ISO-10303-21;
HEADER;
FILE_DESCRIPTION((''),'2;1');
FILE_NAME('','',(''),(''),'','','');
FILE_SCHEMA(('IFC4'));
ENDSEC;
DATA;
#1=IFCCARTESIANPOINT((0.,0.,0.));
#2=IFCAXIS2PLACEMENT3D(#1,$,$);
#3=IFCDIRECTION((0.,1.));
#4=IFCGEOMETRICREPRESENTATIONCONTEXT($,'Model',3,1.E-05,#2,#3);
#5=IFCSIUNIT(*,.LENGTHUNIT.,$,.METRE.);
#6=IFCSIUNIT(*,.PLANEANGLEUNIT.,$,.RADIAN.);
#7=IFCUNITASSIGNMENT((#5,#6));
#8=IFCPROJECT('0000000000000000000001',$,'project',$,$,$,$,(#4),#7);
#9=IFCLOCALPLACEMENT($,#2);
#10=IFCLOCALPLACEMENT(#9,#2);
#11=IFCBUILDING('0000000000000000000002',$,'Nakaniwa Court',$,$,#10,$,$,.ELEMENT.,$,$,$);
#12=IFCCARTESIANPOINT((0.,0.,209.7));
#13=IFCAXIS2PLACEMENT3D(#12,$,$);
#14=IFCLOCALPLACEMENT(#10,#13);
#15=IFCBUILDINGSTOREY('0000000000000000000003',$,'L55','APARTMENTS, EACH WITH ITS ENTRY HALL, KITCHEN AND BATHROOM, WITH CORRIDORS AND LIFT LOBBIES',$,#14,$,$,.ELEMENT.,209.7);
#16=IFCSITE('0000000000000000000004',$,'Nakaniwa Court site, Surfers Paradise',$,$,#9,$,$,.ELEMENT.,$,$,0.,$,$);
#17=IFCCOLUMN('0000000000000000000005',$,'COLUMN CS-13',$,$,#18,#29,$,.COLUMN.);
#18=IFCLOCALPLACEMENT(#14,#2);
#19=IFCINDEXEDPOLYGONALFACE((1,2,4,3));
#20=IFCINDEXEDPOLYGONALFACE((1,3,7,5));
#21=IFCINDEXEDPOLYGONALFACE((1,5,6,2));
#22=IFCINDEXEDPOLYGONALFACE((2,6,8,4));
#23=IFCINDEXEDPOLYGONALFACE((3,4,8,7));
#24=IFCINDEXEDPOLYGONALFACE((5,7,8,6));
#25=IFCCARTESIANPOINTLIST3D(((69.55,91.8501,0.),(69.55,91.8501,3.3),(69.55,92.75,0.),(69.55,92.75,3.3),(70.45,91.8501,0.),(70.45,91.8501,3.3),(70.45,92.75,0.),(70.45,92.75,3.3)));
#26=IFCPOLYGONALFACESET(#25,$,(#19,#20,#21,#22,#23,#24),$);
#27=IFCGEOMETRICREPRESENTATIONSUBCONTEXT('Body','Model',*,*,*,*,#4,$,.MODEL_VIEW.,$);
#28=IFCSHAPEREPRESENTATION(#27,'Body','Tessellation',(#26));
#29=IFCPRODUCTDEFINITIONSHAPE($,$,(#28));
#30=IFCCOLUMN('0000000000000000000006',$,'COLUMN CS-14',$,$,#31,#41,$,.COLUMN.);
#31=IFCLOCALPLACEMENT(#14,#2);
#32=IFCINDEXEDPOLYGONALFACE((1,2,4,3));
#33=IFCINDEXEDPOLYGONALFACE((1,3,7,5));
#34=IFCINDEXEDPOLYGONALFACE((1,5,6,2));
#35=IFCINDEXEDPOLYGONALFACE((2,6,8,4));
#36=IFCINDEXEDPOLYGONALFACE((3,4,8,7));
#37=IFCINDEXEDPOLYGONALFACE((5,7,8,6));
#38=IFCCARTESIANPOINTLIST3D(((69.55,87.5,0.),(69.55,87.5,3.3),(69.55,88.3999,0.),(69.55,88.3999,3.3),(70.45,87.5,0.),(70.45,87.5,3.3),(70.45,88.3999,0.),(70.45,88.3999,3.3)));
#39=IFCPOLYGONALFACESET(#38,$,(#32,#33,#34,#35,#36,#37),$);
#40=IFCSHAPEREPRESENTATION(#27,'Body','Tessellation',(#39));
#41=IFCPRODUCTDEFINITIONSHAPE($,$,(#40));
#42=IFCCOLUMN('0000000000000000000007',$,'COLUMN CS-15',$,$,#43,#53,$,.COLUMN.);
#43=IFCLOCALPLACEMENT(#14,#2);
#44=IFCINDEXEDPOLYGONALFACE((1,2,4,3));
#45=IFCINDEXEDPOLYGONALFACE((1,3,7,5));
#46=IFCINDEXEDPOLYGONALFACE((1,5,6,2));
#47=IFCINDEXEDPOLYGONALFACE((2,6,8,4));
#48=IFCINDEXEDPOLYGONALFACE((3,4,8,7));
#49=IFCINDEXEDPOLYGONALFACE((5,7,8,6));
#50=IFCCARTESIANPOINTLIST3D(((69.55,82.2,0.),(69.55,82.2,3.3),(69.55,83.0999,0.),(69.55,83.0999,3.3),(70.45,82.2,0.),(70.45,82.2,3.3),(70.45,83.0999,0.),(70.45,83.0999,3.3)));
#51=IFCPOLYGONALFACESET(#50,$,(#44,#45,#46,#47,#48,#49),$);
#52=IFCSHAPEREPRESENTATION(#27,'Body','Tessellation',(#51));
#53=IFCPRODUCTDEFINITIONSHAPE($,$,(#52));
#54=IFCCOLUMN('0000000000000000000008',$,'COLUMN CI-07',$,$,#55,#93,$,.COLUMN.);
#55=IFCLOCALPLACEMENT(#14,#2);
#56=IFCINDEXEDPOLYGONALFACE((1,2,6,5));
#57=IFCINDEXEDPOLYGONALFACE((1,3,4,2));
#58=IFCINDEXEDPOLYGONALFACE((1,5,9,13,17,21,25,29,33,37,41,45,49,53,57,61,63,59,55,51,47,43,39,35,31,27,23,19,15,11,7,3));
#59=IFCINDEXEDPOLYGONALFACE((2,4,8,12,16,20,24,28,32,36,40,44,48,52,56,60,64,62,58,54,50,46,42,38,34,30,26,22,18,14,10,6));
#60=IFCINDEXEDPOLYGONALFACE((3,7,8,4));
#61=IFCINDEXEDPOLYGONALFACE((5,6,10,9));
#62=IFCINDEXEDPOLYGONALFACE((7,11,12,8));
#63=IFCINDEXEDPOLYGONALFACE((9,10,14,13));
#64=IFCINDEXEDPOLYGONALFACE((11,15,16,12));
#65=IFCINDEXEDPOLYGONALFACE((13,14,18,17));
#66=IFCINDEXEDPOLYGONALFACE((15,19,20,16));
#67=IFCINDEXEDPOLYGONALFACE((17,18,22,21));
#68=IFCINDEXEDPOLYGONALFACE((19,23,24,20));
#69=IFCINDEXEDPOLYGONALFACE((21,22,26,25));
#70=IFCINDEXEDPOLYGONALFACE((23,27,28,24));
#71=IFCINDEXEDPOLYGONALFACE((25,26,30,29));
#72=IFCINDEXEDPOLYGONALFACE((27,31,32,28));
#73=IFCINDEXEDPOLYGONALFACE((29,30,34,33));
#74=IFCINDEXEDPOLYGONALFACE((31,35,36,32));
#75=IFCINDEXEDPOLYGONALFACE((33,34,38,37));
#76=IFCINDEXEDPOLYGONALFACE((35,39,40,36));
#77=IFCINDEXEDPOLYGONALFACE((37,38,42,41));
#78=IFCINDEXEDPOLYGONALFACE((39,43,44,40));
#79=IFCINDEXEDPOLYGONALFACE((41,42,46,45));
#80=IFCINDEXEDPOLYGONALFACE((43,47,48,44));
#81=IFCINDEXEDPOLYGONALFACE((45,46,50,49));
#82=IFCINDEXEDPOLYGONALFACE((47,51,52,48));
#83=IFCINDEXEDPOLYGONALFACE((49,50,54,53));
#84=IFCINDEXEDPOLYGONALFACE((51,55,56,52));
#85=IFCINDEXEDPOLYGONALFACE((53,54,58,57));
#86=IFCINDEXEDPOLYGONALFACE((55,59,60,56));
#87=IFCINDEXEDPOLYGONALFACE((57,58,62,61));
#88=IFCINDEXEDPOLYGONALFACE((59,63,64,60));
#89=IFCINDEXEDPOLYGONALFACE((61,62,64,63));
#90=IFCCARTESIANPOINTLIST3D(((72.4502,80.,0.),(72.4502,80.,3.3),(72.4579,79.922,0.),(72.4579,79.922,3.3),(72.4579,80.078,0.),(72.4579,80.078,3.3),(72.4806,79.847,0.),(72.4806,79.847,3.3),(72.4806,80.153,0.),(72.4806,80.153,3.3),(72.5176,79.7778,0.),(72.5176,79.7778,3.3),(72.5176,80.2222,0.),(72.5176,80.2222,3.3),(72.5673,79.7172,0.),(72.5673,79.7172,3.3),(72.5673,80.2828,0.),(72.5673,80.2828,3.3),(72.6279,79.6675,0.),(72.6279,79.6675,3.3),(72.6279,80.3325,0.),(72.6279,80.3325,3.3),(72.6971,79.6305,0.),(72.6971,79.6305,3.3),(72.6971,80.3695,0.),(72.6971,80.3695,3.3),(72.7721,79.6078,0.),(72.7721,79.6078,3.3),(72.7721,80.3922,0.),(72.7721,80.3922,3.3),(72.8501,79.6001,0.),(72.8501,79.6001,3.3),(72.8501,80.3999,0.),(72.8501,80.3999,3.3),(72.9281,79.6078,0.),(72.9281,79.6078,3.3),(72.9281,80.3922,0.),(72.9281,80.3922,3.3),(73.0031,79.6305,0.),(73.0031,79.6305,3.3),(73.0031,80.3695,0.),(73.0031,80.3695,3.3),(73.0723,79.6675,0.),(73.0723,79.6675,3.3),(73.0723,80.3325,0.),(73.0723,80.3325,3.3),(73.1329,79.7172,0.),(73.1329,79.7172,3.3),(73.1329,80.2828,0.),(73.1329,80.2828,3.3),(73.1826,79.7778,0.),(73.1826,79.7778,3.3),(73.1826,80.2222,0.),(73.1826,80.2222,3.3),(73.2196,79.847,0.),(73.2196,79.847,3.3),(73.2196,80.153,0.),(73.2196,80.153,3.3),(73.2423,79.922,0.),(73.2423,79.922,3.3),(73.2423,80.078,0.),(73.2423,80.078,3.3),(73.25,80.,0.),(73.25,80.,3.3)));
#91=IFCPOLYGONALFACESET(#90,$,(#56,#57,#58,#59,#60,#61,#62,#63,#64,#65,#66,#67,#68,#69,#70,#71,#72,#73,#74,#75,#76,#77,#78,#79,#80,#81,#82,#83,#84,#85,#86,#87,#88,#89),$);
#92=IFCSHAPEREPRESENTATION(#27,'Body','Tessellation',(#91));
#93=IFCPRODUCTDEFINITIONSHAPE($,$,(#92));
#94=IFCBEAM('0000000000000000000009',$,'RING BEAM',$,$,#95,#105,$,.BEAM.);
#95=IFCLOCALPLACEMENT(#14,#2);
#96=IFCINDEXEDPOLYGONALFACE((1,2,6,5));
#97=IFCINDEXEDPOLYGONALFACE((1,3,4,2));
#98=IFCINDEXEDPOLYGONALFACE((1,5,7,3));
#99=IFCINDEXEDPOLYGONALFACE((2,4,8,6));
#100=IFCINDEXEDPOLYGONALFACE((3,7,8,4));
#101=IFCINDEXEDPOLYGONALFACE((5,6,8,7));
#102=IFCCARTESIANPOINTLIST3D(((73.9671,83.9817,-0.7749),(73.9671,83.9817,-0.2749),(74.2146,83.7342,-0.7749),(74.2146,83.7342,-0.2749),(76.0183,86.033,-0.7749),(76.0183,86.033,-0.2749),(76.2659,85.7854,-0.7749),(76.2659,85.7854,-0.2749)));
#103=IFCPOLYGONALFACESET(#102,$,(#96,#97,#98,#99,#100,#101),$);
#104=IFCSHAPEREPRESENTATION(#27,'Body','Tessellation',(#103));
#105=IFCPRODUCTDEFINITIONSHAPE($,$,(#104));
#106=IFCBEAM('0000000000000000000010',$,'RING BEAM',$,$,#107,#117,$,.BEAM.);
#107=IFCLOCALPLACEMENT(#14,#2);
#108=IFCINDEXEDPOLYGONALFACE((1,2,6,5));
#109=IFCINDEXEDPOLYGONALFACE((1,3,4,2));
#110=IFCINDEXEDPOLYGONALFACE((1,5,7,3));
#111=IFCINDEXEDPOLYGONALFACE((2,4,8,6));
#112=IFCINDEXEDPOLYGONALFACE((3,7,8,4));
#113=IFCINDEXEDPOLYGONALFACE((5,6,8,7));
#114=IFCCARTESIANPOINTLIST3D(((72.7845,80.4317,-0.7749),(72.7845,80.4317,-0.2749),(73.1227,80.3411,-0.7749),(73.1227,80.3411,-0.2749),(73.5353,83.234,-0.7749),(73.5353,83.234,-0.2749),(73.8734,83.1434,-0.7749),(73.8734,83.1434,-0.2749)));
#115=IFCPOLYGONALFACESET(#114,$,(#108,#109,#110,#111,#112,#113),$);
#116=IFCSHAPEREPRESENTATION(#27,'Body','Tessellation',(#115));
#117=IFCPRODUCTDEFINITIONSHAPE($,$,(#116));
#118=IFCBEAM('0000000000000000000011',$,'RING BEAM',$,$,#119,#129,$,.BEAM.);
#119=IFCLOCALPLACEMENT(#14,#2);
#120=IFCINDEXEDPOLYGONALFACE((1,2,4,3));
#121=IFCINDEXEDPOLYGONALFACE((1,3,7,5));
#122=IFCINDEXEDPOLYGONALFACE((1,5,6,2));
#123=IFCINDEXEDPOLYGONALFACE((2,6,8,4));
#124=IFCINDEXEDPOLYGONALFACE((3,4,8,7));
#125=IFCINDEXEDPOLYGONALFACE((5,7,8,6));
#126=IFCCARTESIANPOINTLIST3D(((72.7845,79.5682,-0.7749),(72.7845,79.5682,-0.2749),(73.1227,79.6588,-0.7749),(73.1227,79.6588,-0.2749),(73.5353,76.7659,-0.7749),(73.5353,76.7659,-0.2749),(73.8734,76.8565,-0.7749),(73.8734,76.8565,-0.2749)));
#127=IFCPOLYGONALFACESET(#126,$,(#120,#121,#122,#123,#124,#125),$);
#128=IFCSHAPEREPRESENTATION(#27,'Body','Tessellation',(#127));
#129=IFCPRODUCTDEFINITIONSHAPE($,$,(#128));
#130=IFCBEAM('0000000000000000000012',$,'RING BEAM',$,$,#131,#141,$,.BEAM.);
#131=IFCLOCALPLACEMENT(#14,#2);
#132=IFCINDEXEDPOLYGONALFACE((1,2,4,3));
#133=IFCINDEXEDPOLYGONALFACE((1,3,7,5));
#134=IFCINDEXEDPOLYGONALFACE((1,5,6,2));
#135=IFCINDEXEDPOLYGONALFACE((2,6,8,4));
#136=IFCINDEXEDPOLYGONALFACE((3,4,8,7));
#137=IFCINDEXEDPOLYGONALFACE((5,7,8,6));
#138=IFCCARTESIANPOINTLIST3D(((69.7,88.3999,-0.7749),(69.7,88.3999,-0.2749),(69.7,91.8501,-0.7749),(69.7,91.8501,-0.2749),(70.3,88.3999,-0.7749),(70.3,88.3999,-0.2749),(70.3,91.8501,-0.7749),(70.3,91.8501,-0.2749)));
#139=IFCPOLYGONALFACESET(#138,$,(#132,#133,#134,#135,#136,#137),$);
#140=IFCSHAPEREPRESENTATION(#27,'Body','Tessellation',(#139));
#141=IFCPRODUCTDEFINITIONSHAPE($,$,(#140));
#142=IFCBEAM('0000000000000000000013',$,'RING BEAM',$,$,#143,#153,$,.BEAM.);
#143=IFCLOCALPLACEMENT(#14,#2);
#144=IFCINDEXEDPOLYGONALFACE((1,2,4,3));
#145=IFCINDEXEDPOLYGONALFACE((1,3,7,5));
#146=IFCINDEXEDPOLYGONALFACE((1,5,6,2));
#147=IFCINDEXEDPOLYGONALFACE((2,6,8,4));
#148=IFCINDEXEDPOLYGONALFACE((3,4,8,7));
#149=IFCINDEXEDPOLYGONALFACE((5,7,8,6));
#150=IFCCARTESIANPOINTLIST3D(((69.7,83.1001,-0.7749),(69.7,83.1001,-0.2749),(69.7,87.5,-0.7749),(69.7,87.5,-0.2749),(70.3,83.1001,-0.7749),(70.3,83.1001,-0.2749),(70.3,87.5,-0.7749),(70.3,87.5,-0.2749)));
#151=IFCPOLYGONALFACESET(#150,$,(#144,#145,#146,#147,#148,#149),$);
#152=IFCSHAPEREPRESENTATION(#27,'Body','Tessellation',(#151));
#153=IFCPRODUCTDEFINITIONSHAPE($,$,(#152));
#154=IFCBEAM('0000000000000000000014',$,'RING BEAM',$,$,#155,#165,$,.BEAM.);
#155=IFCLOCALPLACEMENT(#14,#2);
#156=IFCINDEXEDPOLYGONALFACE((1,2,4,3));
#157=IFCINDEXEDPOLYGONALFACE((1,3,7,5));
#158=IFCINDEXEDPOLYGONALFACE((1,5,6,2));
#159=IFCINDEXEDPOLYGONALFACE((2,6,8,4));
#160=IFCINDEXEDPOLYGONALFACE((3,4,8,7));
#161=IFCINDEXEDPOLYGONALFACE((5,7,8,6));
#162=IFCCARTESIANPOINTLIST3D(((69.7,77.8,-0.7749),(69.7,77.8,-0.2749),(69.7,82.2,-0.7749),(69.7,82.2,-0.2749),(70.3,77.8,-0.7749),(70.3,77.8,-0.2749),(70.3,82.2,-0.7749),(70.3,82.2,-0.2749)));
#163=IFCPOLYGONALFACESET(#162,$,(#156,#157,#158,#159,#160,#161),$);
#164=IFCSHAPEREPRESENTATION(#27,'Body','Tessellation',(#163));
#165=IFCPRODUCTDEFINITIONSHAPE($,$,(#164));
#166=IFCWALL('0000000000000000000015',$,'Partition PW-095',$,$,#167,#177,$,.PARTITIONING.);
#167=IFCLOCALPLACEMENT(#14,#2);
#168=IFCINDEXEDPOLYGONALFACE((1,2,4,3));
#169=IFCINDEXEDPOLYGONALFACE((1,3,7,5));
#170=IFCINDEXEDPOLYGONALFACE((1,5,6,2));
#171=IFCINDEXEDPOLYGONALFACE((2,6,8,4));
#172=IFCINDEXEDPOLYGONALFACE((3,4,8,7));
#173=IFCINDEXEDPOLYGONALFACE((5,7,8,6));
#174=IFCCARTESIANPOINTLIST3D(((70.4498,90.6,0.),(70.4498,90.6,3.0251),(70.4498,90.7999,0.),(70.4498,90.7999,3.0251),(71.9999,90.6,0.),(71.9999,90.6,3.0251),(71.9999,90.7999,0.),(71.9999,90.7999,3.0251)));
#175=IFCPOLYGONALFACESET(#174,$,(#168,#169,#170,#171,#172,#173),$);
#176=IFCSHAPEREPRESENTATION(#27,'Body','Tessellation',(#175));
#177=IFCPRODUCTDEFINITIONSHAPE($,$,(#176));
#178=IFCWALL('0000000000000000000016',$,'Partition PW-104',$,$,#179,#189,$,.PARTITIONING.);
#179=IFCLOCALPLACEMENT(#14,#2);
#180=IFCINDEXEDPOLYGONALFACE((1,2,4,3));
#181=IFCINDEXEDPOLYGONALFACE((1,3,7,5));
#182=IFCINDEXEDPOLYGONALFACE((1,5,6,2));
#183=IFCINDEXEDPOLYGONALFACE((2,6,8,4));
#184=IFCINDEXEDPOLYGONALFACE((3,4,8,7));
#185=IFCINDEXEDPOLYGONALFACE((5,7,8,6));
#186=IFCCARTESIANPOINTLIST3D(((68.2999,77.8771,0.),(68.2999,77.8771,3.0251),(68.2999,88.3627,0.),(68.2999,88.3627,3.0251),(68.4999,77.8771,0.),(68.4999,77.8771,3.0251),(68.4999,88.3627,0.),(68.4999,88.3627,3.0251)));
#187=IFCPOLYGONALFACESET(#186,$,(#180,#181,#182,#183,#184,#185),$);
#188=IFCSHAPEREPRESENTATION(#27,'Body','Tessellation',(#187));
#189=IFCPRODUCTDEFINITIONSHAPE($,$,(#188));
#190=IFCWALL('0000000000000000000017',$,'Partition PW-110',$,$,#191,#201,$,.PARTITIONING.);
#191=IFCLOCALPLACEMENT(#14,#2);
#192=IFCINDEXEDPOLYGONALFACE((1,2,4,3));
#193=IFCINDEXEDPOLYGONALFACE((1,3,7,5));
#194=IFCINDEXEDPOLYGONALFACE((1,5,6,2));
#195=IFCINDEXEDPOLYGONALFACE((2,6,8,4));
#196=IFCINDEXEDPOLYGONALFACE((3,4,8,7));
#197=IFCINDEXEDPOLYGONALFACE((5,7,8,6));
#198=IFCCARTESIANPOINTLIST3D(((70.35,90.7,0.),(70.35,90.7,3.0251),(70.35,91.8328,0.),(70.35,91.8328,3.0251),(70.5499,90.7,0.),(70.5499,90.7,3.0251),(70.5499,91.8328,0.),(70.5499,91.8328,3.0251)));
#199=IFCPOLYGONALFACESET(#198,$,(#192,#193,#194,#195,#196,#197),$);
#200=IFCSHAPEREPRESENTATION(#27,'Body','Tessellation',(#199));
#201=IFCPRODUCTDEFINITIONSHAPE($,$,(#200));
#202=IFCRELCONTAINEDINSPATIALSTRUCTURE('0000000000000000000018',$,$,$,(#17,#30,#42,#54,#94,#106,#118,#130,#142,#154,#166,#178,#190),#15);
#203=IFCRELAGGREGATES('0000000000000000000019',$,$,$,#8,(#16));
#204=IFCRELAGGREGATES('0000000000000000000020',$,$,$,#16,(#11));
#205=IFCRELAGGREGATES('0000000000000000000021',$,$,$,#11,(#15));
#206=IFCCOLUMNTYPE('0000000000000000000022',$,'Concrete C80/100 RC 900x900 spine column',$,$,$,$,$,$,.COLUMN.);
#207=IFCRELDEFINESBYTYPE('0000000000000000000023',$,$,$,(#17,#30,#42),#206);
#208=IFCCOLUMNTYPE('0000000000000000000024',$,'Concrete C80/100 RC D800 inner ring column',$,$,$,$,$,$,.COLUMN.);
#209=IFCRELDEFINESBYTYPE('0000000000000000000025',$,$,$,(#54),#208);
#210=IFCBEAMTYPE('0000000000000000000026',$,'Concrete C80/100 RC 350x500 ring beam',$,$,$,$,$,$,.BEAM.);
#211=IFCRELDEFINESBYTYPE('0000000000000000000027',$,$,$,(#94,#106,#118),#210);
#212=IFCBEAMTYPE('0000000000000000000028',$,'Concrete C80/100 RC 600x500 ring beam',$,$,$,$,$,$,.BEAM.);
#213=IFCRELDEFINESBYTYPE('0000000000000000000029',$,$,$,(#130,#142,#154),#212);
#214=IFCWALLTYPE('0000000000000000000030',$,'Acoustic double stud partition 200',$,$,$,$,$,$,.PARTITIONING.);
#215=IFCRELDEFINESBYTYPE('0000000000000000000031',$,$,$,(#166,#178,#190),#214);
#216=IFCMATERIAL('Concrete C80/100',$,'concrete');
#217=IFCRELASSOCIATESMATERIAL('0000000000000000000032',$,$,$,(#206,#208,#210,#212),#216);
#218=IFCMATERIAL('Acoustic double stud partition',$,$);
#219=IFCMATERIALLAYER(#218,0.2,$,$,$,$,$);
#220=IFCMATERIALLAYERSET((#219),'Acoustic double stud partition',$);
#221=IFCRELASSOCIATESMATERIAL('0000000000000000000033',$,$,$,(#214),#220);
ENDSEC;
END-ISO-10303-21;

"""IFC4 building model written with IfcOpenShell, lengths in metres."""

from ifc_helpers import new_model, si_unit, direction, frame, frame_2d, origin, origin_2d, place, context, subcontext, project, spatial, rectangle, circle, extrude, material, layer, layer_set, material_profile, profile_set, type_object, element, save


model = new_model("IFC4")

# Units and contexts
model_context = context("Model", 3, precision=1e-05, world=origin(), true_north=direction((0.0, 1.0)))
body_context = subcontext(model_context, "Body", "Model", "MODEL_VIEW")
ifc_project = project(units=[si_unit("LENGTHUNIT", "METRE"), si_unit("PLANEANGLEUNIT", "RADIAN")], contexts=[model_context])

# Site, building, storey
site_placement = place(None, origin())
site = spatial("IfcSite", under=ifc_project, at=site_placement, Name="Nakaniwa Court site, Surfers Paradise", CompositionType="ELEMENT", RefElevation=0.0)
building_placement = place(site_placement, origin())
building = spatial("IfcBuilding", under=site, at=building_placement, Name="Nakaniwa Court", CompositionType="ELEMENT")
storey_placement = place(building_placement, frame((0.0, 0.0, 209.7)))
storey = spatial("IfcBuildingStorey", under=building, at=storey_placement, Name="L55", Description="APARTMENTS, EACH WITH ITS ENTRY HALL, KITCHEN AND BATHROOM, WITH CORRIDORS AND LIFT LOBBIES", CompositionType="ELEMENT", Elevation=209.7)

# Columns
ifc_material_1 = material(Name="Concrete C80/100", Category="concrete")
ifc_material_profile_1 = material_profile(ifc_material_1, rectangle(XDim=0.8999, YDim=0.8999, at=origin_2d()), Name="Concrete C80/100 RC 900x900 spine column")
ifc_profile_set_1 = profile_set([ifc_material_profile_1], Name="Concrete C80/100")
column_type_1 = type_object("IfcColumnType", Name="Concrete C80/100 RC 900x900 spine column", PredefinedType="COLUMN", material=ifc_profile_set_1)
for number, where, z_axis, x_axis, name in (
    (1, (70.0, 92.3, 0.0), (0.0, 0.0, 1.0), (0.0, -1.0, 0.0), "COLUMN CS-13"),
    (2, (70.0, 87.95, 0.0), (0.0, 0.0, 1.0), (0.0, -1.0, 0.0), "COLUMN CS-14"),
    (3, (70.0, 82.6499, 0.0), (0.0, 0.0, 1.0), (0.0, -1.0, 0.0), "COLUMN CS-15"),
):
    element("IfcColumn", number, at=place(storey_placement, frame(where, z_axis=z_axis, x_axis=x_axis)), inside=storey, type_object=column_type_1, Name=name, PredefinedType="COLUMN", context=body_context, shape_type="SweptSolid", body=[
        extrude(rectangle(XDim=0.8999, YDim=0.8999, at=origin_2d()), origin(), (0.0, 0.0, 1.0), 3.3),
    ])
ifc_material_profile_2 = material_profile(ifc_material_1, circle(Radius=0.3999, at=origin_2d()), Name="Concrete C80/100 RC D800 inner ring column")
ifc_profile_set_2 = profile_set([ifc_material_profile_2], Name="Concrete C80/100")
column_type_2 = type_object("IfcColumnType", Name="Concrete C80/100 RC D800 inner ring column", PredefinedType="COLUMN", material=ifc_profile_set_2)
for number, where, z_axis, x_axis, name in (
    (4, (72.8501, 80.0, 0.0), (0.0, 0.0, 1.0), (0.0, -1.0, 0.0), "COLUMN CI-07"),
):
    element("IfcColumn", number, at=place(storey_placement, frame(where, z_axis=z_axis, x_axis=x_axis)), inside=storey, type_object=column_type_2, Name=name, PredefinedType="COLUMN", context=body_context, shape_type="SweptSolid", body=[
        extrude(circle(Radius=0.3999, at=origin_2d()), origin(), (0.0, 0.0, 1.0), 3.3),
    ])

# Beams
ifc_material_profile_3 = material_profile(ifc_material_1, rectangle(XDim=0.3501, YDim=0.5, at=origin_2d()), Name="Concrete C80/100 RC 350x500 ring beam")
ifc_profile_set_3 = profile_set([ifc_material_profile_3], Name="Concrete C80/100")
beam_type_1 = type_object("IfcBeamType", Name="Concrete C80/100 RC 350x500 ring beam", PredefinedType="BEAM", material=ifc_profile_set_3)
beam_1_placement = place(storey_placement, frame((76.1421, 85.9092, -0.5249), z_axis=(-0.707107, -0.707107, 0.0), x_axis=(0.707107, -0.707107, 0.0)))
element("IfcBeam", 5, at=beam_1_placement, inside=storey, type_object=beam_type_1, Name="RING BEAM", PredefinedType="BEAM", context=body_context, shape_type="SweptSolid", body=[
    extrude(rectangle(XDim=0.3501, YDim=0.5, at=origin_2d()), origin(), (0.0, 0.0, 1.0), 2.9009),
])
for number, where, z_axis, x_axis, name in (
    (6, (73.7043, 83.1887, -0.5249), (-0.258778, -0.965937, 0.0), (0.965937, -0.258778, 0.0), "RING BEAM"),
    (7, (72.9536, 79.6135, -0.5249), (0.258778, -0.965937, 0.0), (0.965937, 0.258778, 0.0), "RING BEAM"),
):
    element("IfcBeam", number, at=place(storey_placement, frame(where, z_axis=z_axis, x_axis=x_axis)), inside=storey, type_object=beam_type_1, Name=name, PredefinedType="BEAM", context=body_context, shape_type="SweptSolid", body=[
        extrude(rectangle(XDim=0.3501, YDim=0.5, at=origin_2d()), origin(), (0.0, 0.0, 1.0), 2.9011),
    ])
ifc_material_profile_4 = material_profile(ifc_material_1, rectangle(XDim=0.6001, YDim=0.5, at=origin_2d()), Name="Concrete C80/100 RC 600x500 ring beam")
ifc_profile_set_4 = profile_set([ifc_material_profile_4], Name="Concrete C80/100")
beam_type_2 = type_object("IfcBeamType", Name="Concrete C80/100 RC 600x500 ring beam", PredefinedType="BEAM", material=ifc_profile_set_4)
beam_2_placement = place(storey_placement, frame((70.0, 91.8501, -0.5249), z_axis=(0.0, -1.0, 0.0), x_axis=(1.0, 0.0, 0.0)))
element("IfcBeam", 8, at=beam_2_placement, inside=storey, type_object=beam_type_2, Name="RING BEAM", PredefinedType="BEAM", context=body_context, shape_type="SweptSolid", body=[
    extrude(rectangle(XDim=0.6001, YDim=0.5, at=origin_2d()), origin(), (0.0, 0.0, 1.0), 3.4502),
])
for number, where, z_axis, x_axis, name in (
    (9, (70.0, 87.5, -0.5249), (0.0, -1.0, 0.0), (1.0, 0.0, 0.0), "RING BEAM"),
    (10, (70.0, 82.2, -0.5249), (0.0, -1.0, 0.0), (1.0, 0.0, 0.0), "RING BEAM"),
):
    element("IfcBeam", number, at=place(storey_placement, frame(where, z_axis=z_axis, x_axis=x_axis)), inside=storey, type_object=beam_type_2, Name=name, PredefinedType="BEAM", context=body_context, shape_type="SweptSolid", body=[
        extrude(rectangle(XDim=0.6001, YDim=0.5, at=origin_2d()), origin(), (0.0, 0.0, 1.0), 4.3999),
    ])

# Walls
ifc_material_2 = material(Name="Acoustic double stud partition")
ifc_layer_1 = layer(ifc_material_2, 0.2)
ifc_layer_set_1 = layer_set([ifc_layer_1], Name="Acoustic double stud partition")
wall_type_1 = type_object("IfcWallType", Name="Acoustic double stud partition 200", PredefinedType="PARTITIONING", material=ifc_layer_set_1)
wall_1_placement = place(storey_placement, frame((70.45, 90.7, 0.0), z_axis=(0.0, 0.0, 1.0), x_axis=(1.0, 0.0, 0.0)))
element("IfcWall", 11, at=wall_1_placement, inside=storey, type_object=wall_type_1, Name="Partition PW-095", PredefinedType="PARTITIONING", context=body_context, shape_type="SweptSolid", body=[
    extrude(rectangle(XDim=1.55, YDim=0.2, at=frame_2d((0.7749, 0.0))), origin(), (0.0, 0.0, 1.0), 3.0251),
])
wall_2_placement = place(storey_placement, frame((68.3999, 77.8772, 0.0), z_axis=(0.0, 0.0, 1.0), x_axis=(0.0, 1.0, 0.0)))
element("IfcWall", 12, at=wall_2_placement, inside=storey, type_object=wall_type_1, Name="Partition PW-104", PredefinedType="PARTITIONING", context=body_context, shape_type="SweptSolid", body=[
    extrude(rectangle(XDim=10.4856, YDim=0.2, at=frame_2d((5.2427, 0.0))), origin(), (0.0, 0.0, 1.0), 3.0251),
])
wall_3_placement = place(storey_placement, frame((70.45, 90.7, 0.0), z_axis=(0.0, 0.0, 1.0), x_axis=(0.0, 1.0, 0.0)))
element("IfcWall", 13, at=wall_3_placement, inside=storey, type_object=wall_type_1, Name="Partition PW-110", PredefinedType="PARTITIONING", context=body_context, shape_type="SweptSolid", body=[
    extrude(rectangle(XDim=1.1328, YDim=0.2, at=frame_2d((0.5664, 0.0))), origin(), (0.0, 0.0, 1.0), 3.0251),
])

save(model, "model.ifc")
